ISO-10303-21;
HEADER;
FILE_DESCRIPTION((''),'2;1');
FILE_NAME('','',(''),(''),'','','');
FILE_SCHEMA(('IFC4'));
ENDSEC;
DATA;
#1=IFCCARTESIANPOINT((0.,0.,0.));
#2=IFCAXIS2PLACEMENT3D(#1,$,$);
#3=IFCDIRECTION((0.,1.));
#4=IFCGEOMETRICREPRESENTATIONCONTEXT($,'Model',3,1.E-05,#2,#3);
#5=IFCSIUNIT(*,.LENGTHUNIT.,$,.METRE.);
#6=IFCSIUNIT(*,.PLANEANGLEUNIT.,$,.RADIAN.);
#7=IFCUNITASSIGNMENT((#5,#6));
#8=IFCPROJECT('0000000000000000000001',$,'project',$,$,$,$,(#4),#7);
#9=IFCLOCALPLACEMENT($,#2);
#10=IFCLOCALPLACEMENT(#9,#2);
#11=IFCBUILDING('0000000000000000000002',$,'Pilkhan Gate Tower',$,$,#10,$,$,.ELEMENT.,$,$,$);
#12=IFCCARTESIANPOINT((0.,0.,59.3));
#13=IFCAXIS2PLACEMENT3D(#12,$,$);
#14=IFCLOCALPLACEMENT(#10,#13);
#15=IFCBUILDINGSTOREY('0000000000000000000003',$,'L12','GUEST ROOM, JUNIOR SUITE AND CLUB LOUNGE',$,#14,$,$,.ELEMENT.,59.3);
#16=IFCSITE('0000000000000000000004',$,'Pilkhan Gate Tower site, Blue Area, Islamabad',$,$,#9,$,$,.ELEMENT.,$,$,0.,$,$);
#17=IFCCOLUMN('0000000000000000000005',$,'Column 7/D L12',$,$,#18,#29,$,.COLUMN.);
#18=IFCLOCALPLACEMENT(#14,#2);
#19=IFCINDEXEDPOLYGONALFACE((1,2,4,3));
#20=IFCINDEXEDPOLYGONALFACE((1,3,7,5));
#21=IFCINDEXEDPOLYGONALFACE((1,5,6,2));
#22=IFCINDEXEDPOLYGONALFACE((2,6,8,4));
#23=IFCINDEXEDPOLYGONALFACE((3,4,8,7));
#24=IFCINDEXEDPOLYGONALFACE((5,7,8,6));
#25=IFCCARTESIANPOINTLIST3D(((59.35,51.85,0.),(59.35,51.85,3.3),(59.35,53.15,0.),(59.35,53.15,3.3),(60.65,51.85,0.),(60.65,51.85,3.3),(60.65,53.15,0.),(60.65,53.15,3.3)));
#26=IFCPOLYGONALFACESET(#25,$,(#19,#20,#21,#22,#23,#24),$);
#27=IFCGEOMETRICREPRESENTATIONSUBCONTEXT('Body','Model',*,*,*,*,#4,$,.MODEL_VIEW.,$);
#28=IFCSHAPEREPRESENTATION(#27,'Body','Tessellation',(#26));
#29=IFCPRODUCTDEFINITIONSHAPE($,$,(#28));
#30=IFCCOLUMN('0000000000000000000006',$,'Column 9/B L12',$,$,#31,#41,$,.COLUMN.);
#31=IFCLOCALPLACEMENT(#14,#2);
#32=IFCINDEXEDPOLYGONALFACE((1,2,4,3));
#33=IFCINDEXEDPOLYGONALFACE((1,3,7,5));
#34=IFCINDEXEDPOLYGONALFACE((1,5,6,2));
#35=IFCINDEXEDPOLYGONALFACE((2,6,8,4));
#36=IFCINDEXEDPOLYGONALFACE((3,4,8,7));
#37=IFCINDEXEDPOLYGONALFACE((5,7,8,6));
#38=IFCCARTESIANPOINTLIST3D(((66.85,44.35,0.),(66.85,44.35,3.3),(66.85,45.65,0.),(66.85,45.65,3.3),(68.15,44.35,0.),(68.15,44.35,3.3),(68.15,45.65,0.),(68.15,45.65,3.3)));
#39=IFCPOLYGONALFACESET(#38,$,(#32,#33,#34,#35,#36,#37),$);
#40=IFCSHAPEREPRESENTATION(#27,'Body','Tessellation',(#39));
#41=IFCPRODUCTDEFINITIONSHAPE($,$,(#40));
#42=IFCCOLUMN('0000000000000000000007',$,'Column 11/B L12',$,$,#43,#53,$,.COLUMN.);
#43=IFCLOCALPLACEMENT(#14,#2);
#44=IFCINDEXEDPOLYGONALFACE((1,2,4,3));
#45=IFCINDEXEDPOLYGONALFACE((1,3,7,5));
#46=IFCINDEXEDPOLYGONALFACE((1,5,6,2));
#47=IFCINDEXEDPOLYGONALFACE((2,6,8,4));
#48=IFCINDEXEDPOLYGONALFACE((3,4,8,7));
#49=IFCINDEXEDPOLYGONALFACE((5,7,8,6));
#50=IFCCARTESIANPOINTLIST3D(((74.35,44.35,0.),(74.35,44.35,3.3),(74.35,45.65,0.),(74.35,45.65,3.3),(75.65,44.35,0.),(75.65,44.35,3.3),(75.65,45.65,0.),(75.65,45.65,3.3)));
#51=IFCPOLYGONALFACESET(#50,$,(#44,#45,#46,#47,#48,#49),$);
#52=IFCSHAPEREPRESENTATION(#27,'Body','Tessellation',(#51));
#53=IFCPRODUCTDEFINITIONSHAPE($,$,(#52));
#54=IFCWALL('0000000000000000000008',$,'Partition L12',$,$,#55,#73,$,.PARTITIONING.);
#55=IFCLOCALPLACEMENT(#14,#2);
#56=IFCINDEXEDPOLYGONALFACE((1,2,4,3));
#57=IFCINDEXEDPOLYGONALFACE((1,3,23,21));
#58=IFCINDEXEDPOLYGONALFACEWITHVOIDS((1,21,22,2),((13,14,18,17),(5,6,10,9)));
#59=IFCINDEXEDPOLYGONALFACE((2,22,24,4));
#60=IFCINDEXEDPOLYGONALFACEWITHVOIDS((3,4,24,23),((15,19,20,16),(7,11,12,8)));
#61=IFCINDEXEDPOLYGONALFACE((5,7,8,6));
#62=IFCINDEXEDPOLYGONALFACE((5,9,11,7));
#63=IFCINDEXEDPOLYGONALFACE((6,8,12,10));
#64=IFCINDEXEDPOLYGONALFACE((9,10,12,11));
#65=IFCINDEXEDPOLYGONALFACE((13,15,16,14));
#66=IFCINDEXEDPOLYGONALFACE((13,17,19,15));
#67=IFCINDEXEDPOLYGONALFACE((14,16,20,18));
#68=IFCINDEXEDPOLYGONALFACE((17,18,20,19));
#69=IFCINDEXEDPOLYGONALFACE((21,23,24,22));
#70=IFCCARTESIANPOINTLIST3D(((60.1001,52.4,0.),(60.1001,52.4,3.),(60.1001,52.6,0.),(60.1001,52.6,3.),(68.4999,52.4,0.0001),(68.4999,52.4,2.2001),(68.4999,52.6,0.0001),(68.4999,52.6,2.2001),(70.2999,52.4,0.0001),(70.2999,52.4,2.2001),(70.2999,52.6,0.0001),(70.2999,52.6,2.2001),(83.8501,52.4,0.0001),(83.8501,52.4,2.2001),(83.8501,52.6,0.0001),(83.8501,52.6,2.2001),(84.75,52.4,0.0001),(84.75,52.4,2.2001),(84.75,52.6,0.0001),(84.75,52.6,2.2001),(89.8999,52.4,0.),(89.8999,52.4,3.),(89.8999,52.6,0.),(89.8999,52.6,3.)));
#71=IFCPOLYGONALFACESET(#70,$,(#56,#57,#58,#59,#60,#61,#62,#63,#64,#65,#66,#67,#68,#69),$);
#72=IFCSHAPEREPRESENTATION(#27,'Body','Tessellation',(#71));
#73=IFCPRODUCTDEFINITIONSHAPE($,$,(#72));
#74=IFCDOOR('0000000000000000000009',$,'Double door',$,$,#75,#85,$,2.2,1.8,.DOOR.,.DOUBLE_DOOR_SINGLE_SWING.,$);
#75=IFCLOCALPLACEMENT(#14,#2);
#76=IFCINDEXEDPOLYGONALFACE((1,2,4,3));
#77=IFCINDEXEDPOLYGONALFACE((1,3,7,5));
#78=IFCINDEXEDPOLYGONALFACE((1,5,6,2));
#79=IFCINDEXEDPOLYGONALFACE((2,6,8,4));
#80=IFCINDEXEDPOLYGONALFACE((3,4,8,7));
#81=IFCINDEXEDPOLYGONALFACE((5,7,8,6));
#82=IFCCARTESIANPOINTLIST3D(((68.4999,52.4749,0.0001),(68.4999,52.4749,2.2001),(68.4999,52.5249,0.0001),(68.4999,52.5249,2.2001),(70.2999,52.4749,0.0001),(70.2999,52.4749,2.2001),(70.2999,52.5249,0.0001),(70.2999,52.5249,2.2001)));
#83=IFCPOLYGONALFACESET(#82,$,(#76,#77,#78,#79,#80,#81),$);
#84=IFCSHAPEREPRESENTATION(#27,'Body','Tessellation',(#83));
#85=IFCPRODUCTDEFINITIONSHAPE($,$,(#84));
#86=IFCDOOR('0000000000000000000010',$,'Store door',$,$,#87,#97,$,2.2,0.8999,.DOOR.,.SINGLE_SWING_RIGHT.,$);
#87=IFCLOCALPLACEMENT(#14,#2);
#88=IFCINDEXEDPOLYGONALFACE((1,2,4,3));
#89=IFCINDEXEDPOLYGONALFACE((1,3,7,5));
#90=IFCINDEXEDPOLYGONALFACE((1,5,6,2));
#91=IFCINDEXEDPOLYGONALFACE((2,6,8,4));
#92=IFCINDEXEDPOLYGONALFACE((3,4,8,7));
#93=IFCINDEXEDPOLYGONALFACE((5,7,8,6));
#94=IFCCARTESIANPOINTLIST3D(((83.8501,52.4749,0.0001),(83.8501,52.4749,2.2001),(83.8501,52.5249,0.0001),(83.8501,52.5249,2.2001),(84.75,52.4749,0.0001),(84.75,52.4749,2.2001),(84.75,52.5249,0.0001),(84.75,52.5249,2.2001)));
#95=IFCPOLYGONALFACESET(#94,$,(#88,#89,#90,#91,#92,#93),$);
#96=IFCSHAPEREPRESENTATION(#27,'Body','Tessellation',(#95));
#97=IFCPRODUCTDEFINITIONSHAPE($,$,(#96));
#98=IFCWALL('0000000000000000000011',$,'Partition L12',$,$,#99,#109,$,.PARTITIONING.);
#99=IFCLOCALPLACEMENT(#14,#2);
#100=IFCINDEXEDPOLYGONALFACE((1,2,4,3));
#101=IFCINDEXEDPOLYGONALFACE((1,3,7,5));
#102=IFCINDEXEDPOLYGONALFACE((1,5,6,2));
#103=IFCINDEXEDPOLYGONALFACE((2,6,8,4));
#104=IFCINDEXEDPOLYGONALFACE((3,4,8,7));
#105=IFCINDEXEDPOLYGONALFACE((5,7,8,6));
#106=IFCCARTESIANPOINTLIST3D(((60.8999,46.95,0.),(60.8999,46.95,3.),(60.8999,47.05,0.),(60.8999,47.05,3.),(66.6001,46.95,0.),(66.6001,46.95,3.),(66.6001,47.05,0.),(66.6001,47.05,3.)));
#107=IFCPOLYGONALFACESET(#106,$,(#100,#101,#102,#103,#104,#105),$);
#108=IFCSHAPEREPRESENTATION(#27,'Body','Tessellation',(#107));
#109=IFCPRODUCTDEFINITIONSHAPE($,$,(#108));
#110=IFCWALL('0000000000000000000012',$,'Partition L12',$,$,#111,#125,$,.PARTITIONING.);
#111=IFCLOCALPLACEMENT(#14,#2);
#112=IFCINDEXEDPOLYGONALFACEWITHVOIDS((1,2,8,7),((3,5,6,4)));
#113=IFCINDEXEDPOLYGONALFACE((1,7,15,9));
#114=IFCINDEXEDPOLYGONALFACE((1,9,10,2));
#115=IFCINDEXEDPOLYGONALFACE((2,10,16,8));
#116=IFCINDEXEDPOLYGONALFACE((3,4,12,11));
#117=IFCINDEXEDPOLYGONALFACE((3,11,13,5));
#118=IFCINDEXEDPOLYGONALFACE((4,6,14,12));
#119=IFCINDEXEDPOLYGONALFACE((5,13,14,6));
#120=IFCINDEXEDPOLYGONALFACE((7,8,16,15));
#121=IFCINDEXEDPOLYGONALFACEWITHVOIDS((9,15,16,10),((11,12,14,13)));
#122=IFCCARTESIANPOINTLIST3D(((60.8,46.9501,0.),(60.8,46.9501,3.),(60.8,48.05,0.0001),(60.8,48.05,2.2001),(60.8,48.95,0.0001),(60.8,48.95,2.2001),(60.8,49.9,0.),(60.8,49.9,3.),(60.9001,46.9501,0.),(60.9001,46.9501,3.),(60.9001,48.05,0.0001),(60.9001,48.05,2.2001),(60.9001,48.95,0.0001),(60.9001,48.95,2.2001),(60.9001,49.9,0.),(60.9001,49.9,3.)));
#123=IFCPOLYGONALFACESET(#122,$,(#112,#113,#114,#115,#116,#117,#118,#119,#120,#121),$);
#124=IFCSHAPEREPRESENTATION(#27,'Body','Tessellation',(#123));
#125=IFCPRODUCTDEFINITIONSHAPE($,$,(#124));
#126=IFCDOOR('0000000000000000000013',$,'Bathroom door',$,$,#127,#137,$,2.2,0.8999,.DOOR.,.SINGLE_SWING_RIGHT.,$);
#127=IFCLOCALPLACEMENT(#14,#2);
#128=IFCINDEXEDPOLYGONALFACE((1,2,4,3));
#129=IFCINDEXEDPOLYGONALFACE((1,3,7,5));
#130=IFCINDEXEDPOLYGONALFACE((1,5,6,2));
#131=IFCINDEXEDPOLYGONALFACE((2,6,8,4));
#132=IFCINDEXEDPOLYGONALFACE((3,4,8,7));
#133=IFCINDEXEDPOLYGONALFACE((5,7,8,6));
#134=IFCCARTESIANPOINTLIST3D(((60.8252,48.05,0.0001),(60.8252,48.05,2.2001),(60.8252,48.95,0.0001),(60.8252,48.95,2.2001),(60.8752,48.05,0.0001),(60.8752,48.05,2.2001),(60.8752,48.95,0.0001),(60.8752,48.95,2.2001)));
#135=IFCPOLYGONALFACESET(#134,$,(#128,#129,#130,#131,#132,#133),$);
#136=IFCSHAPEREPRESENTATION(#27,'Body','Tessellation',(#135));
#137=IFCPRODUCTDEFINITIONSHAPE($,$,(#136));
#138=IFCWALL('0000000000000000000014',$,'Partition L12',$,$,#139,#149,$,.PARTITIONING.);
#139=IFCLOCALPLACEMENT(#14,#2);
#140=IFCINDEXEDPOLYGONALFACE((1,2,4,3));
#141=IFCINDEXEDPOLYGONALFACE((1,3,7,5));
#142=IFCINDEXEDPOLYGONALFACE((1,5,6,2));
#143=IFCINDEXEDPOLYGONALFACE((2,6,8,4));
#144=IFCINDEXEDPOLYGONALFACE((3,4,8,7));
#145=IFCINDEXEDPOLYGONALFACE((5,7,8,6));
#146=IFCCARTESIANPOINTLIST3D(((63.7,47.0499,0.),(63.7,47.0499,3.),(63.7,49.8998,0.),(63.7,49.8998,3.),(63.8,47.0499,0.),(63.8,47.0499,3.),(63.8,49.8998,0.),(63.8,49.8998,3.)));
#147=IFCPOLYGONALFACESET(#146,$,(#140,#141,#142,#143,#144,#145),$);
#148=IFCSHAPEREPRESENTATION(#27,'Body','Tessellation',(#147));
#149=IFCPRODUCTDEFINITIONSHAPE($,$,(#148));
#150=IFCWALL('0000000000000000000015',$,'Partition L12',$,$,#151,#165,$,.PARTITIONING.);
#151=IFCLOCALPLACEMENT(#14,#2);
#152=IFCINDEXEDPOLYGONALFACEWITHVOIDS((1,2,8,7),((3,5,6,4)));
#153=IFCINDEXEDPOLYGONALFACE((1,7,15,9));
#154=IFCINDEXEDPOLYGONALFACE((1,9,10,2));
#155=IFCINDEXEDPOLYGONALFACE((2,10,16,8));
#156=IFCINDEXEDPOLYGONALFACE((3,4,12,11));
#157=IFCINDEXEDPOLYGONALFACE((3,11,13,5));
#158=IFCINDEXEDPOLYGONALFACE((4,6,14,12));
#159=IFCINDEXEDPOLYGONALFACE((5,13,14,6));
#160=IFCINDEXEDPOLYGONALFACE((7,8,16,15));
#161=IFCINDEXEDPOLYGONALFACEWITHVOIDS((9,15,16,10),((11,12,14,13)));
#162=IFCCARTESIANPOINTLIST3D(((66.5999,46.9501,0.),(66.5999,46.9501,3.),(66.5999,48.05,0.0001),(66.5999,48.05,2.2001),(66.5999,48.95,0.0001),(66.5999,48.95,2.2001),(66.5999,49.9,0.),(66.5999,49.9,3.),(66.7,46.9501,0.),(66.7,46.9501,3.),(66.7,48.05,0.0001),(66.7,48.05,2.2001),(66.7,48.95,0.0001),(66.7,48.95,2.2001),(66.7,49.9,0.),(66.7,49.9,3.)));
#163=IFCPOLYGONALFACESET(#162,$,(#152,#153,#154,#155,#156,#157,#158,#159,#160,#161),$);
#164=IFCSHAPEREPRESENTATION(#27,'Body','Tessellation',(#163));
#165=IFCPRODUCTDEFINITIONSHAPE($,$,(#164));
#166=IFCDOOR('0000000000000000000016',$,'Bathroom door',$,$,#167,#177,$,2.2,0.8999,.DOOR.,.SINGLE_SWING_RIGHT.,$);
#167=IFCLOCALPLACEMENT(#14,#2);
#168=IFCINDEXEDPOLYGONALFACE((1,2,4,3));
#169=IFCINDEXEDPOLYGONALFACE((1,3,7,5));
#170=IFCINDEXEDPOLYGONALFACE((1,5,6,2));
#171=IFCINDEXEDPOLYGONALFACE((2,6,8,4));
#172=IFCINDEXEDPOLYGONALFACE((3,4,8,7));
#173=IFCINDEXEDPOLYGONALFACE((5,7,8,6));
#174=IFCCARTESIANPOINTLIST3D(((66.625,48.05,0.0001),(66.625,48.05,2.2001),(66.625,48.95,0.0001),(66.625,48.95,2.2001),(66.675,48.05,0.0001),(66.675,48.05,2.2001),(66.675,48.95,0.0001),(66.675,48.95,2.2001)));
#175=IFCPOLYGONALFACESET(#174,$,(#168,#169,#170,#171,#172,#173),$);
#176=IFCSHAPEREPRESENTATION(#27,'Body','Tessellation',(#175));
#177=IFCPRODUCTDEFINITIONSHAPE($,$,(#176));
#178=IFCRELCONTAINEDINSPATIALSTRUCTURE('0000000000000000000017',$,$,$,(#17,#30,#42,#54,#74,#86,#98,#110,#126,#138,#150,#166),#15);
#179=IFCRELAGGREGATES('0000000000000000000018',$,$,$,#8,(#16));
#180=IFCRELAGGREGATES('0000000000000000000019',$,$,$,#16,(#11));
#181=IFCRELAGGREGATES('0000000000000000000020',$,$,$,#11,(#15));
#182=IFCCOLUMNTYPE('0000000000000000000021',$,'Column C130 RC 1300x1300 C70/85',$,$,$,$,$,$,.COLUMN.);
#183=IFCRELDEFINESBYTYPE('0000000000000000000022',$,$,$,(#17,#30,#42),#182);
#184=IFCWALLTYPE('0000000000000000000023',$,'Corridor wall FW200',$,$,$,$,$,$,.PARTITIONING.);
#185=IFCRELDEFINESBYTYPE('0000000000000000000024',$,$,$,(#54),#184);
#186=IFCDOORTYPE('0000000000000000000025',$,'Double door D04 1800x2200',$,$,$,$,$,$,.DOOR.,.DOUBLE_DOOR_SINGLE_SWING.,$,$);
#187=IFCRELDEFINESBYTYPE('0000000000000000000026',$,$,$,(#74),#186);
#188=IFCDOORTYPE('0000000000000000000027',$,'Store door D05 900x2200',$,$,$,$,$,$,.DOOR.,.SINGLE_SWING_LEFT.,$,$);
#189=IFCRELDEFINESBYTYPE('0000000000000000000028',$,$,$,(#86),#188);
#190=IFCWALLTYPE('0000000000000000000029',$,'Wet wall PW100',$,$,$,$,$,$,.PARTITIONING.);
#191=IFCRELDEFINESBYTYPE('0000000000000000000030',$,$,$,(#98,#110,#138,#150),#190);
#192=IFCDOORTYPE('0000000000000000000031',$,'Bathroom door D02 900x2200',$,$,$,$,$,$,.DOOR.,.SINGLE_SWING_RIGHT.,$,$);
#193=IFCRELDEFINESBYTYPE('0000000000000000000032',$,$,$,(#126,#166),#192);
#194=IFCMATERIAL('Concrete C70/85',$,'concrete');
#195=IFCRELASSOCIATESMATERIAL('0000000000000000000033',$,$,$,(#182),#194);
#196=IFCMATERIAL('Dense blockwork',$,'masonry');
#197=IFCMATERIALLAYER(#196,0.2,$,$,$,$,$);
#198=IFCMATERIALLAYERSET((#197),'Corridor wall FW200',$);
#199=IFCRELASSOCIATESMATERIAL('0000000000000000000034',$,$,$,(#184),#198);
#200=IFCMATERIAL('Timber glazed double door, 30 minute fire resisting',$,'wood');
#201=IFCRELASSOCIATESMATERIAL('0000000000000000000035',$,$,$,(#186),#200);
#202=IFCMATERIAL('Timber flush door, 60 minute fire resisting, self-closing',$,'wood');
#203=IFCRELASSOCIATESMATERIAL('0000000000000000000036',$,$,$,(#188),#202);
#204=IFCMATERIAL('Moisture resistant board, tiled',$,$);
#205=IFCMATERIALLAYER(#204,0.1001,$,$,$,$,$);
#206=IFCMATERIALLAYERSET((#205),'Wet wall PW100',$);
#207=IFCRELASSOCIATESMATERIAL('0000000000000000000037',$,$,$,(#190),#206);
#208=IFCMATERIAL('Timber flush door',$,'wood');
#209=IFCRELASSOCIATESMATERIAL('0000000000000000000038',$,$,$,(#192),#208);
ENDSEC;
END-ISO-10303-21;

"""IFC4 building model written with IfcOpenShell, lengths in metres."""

from ifc_helpers import new_model, si_unit, direction, frame, frame_2d, origin, origin_2d, place, context, subcontext, project, spatial, rectangle, extrude, material, layer, layer_set, material_profile, profile_set, type_object, element, fill, save


model = new_model("IFC4")

# Units and contexts
model_context = context("Model", 3, precision=1e-05, world=origin(), true_north=direction((0.0, 1.0)))
body_context = subcontext(model_context, "Body", "Model", "MODEL_VIEW")
ifc_project = project(units=[si_unit("LENGTHUNIT", "METRE"), si_unit("PLANEANGLEUNIT", "RADIAN")], contexts=[model_context])

# Site, building, storey
site_placement = place(None, origin())
site = spatial("IfcSite", under=ifc_project, at=site_placement, Name="Pilkhan Gate Tower site, Blue Area, Islamabad", CompositionType="ELEMENT", RefElevation=0.0)
building_placement = place(site_placement, origin())
building = spatial("IfcBuilding", under=site, at=building_placement, Name="Pilkhan Gate Tower", CompositionType="ELEMENT")
storey_placement = place(building_placement, frame((0.0, 0.0, 59.3)))
storey = spatial("IfcBuildingStorey", under=building, at=storey_placement, Name="L12", Description="GUEST ROOM, JUNIOR SUITE AND CLUB LOUNGE", CompositionType="ELEMENT", Elevation=59.3)

# Columns
ifc_material_1 = material(Name="Concrete C70/85", Category="concrete")
ifc_material_profile = material_profile(ifc_material_1, rectangle(XDim=1.3, YDim=1.3, at=origin_2d()), Name="RC 1300x1300")
ifc_profile_set = profile_set([ifc_material_profile], Name="Concrete C70/85")
column_type = type_object("IfcColumnType", Name="Column C130 RC 1300x1300 C70/85", PredefinedType="COLUMN", material=ifc_profile_set)
for number, where, z_axis, x_axis, name in (
    (1, (60.0, 52.5, 0.0), (0.0, 0.0, 1.0), (1.0, 0.0, 0.0), "Column 7/D L12"),
    (2, (67.5, 45.0, 0.0), (0.0, 0.0, 1.0), (1.0, 0.0, 0.0), "Column 9/B L12"),
    (3, (75.0, 45.0, 0.0), (0.0, 0.0, 1.0), (1.0, 0.0, 0.0), "Column 11/B L12"),
):
    element("IfcColumn", number, at=place(storey_placement, frame(where, z_axis=z_axis, x_axis=x_axis)), inside=storey, type_object=column_type, Name=name, PredefinedType="COLUMN", context=body_context, shape_type="SweptSolid", body=[
        extrude(rectangle(XDim=1.3, YDim=1.3, at=origin_2d()), origin(), (0.0, 0.0, 1.0), 3.3),
    ])

# Wall, openings, doors
ifc_material_2 = material(Name="Dense blockwork", Category="masonry")
ifc_layer_1 = layer(ifc_material_2, 0.2)
ifc_layer_set_1 = layer_set([ifc_layer_1], Name="Corridor wall FW200")
wall_type_1 = type_object("IfcWallType", Name="Corridor wall FW200", PredefinedType="PARTITIONING", material=ifc_layer_set_1)
wall_1_placement = place(storey_placement, frame((60.1001, 52.5, 0.0), z_axis=(0.0, 0.0, 1.0), x_axis=(1.0, 0.0, 0.0)))
wall_1 = element("IfcWall", 4, at=wall_1_placement, inside=storey, type_object=wall_type_1, Name="Partition L12", PredefinedType="PARTITIONING", context=body_context, shape_type="SweptSolid", body=[
    extrude(rectangle(XDim=29.7998, YDim=0.2, at=frame_2d((14.8999, 0.0))), origin(), (0.0, 0.0, 1.0), 3.0),
])
opening_1_placement = place(wall_1_placement, frame((8.3999, 0.0, 0.0)))
opening_1 = element("IfcOpeningElement", 5, at=opening_1_placement, cuts=wall_1, PredefinedType="OPENING", context=body_context, shape_type="SweptSolid", body=[
    extrude(rectangle(XDim=1.8, YDim=2.2, at=frame_2d((0.8999, 1.1001))), frame((0.0, 0.1099, 0.0), z_axis=(0.0, -1.0, 0.0), x_axis=(1.0, 0.0, 0.0)), (0.0, 0.0, 1.0), 0.22),
])
opening_2_placement = place(wall_1_placement, frame((23.75, 0.0, 0.0)))
opening_2 = element("IfcOpeningElement", 6, at=opening_2_placement, cuts=wall_1, PredefinedType="OPENING", context=body_context, shape_type="SweptSolid", body=[
    extrude(rectangle(XDim=0.8999, YDim=2.2, at=frame_2d((0.45, 1.1001))), frame((0.0, 0.1099, 0.0), z_axis=(0.0, -1.0, 0.0), x_axis=(1.0, 0.0, 0.0)), (0.0, 0.0, 1.0), 0.22),
])
ifc_material_3 = material(Name="Timber glazed double door, 30 minute fire resisting", Category="wood")
door_type_1 = type_object("IfcDoorType", Name="Double door D04 1800x2200", OperationType="DOUBLE_DOOR_SINGLE_SWING", PredefinedType="DOOR", material=ifc_material_3)
door_1_placement = place(opening_1_placement, origin())
door_1 = element("IfcDoor", 7, at=door_1_placement, inside=storey, type_object=door_type_1, Name="Double door", OperationType="DOUBLE_DOOR_SINGLE_SWING", OverallHeight=2.2, OverallWidth=1.8, PredefinedType="DOOR", context=body_context, shape_type="SweptSolid", body=[
    extrude(rectangle(XDim=1.8, YDim=2.2, at=frame_2d((0.8999, 1.1001))), frame((0.0, 0.0249, 0.0), z_axis=(0.0, -1.0, 0.0), x_axis=(1.0, 0.0, 0.0)), (0.0, 0.0, 1.0), 0.05),
])
fill(opening_1, door_1)
ifc_material_4 = material(Name="Timber flush door, 60 minute fire resisting, self-closing", Category="wood")
door_type_2 = type_object("IfcDoorType", Name="Store door D05 900x2200", OperationType="SINGLE_SWING_LEFT", PredefinedType="DOOR", material=ifc_material_4)
door_2_placement = place(opening_2_placement, origin())
door_2 = element("IfcDoor", 8, at=door_2_placement, inside=storey, type_object=door_type_2, Name="Store door", OperationType="SINGLE_SWING_RIGHT", OverallHeight=2.2, OverallWidth=0.8999, PredefinedType="DOOR", context=body_context, shape_type="SweptSolid", body=[
    extrude(rectangle(XDim=0.8999, YDim=2.2, at=frame_2d((0.45, 1.1001))), frame((0.0, 0.0249, 0.0), z_axis=(0.0, -1.0, 0.0), x_axis=(1.0, 0.0, 0.0)), (0.0, 0.0, 1.0), 0.05),
])
fill(opening_2, door_2)

# Wall
ifc_material_5 = material(Name="Moisture resistant board, tiled")
ifc_layer_2 = layer(ifc_material_5, 0.1001)
ifc_layer_set_2 = layer_set([ifc_layer_2], Name="Wet wall PW100")
wall_type_2 = type_object("IfcWallType", Name="Wet wall PW100", PredefinedType="PARTITIONING", material=ifc_layer_set_2)
wall_2_placement = place(storey_placement, frame((60.8999, 47.0, 0.0), z_axis=(0.0, 0.0, 1.0), x_axis=(1.0, 0.0, 0.0)))
element("IfcWall", 9, at=wall_2_placement, inside=storey, type_object=wall_type_2, Name="Partition L12", PredefinedType="PARTITIONING", context=body_context, shape_type="SweptSolid", body=[
    extrude(rectangle(XDim=5.7002, YDim=0.1001, at=frame_2d((2.8501, 0.0))), origin(), (0.0, 0.0, 1.0), 3.0),
])

# Wall, opening, door
wall_3_placement = place(storey_placement, frame((60.8501, 46.95, 0.0), z_axis=(0.0, 0.0, 1.0), x_axis=(0.0, 1.0, 0.0)))
wall_3 = element("IfcWall", 10, at=wall_3_placement, inside=storey, type_object=wall_type_2, Name="Partition L12", PredefinedType="PARTITIONING", context=body_context, shape_type="SweptSolid", body=[
    extrude(rectangle(XDim=2.95, YDim=0.1001, at=frame_2d((1.4751, 0.0))), origin(), (0.0, 0.0, 1.0), 3.0),
])
opening_3_placement = place(wall_3_placement, frame((1.1001, 0.0, 0.0)))
opening_3 = element("IfcOpeningElement", 11, at=opening_3_placement, cuts=wall_3, PredefinedType="OPENING", context=body_context, shape_type="SweptSolid", body=[
    extrude(rectangle(XDim=0.8999, YDim=2.2, at=frame_2d((0.45, 1.1001))), frame((0.0, 0.0601, 0.0), z_axis=(0.0, -1.0, 0.0), x_axis=(1.0, 0.0, 0.0)), (0.0, 0.0, 1.0), 0.1201),
])
ifc_material_6 = material(Name="Timber flush door", Category="wood")
door_type_3 = type_object("IfcDoorType", Name="Bathroom door D02 900x2200", OperationType="SINGLE_SWING_RIGHT", PredefinedType="DOOR", material=ifc_material_6)
door_3_placement = place(opening_3_placement, origin())
door_3 = element("IfcDoor", 12, at=door_3_placement, inside=storey, type_object=door_type_3, Name="Bathroom door", OperationType="SINGLE_SWING_RIGHT", OverallHeight=2.2, OverallWidth=0.8999, PredefinedType="DOOR", context=body_context, shape_type="SweptSolid", body=[
    extrude(rectangle(XDim=0.8999, YDim=2.2, at=frame_2d((0.45, 1.1001))), frame((0.0, 0.0249, 0.0), z_axis=(0.0, -1.0, 0.0), x_axis=(1.0, 0.0, 0.0)), (0.0, 0.0, 1.0), 0.05),
])
fill(opening_3, door_3)

# Wall
wall_4_placement = place(storey_placement, frame((63.75, 47.05, 0.0), z_axis=(0.0, 0.0, 1.0), x_axis=(0.0, 1.0, 0.0)))
element("IfcWall", 13, at=wall_4_placement, inside=storey, type_object=wall_type_2, Name="Partition L12", PredefinedType="PARTITIONING", context=body_context, shape_type="SweptSolid", body=[
    extrude(rectangle(XDim=2.8499, YDim=0.1001, at=frame_2d((1.4248, 0.0))), origin(), (0.0, 0.0, 1.0), 3.0),
])

# Wall, opening, door
wall_5_placement = place(storey_placement, frame((66.6499, 46.95, 0.0), z_axis=(0.0, 0.0, 1.0), x_axis=(0.0, 1.0, 0.0)))
wall_5 = element("IfcWall", 14, at=wall_5_placement, inside=storey, type_object=wall_type_2, Name="Partition L12", PredefinedType="PARTITIONING", context=body_context, shape_type="SweptSolid", body=[
    extrude(rectangle(XDim=2.95, YDim=0.1001, at=frame_2d((1.4751, 0.0))), origin(), (0.0, 0.0, 1.0), 3.0),
])
opening_4_placement = place(wall_5_placement, frame((1.1001, 0.0, 0.0)))
opening_4 = element("IfcOpeningElement", 15, at=opening_4_placement, cuts=wall_5, PredefinedType="OPENING", context=body_context, shape_type="SweptSolid", body=[
    extrude(rectangle(XDim=0.8999, YDim=2.2, at=frame_2d((0.45, 1.1001))), frame((0.0, 0.0601, 0.0), z_axis=(0.0, -1.0, 0.0), x_axis=(1.0, 0.0, 0.0)), (0.0, 0.0, 1.0), 0.1201),
])
door_4_placement = place(opening_4_placement, origin())
door_4 = element("IfcDoor", 16, at=door_4_placement, inside=storey, type_object=door_type_3, Name="Bathroom door", OperationType="SINGLE_SWING_RIGHT", OverallHeight=2.2, OverallWidth=0.8999, PredefinedType="DOOR", context=body_context, shape_type="SweptSolid", body=[
    extrude(rectangle(XDim=0.8999, YDim=2.2, at=frame_2d((0.45, 1.1001))), frame((0.0, 0.0249, 0.0), z_axis=(0.0, -1.0, 0.0), x_axis=(1.0, 0.0, 0.0)), (0.0, 0.0, 1.0), 0.05),
])
fill(opening_4, door_4)

save(model, "model.ifc")
